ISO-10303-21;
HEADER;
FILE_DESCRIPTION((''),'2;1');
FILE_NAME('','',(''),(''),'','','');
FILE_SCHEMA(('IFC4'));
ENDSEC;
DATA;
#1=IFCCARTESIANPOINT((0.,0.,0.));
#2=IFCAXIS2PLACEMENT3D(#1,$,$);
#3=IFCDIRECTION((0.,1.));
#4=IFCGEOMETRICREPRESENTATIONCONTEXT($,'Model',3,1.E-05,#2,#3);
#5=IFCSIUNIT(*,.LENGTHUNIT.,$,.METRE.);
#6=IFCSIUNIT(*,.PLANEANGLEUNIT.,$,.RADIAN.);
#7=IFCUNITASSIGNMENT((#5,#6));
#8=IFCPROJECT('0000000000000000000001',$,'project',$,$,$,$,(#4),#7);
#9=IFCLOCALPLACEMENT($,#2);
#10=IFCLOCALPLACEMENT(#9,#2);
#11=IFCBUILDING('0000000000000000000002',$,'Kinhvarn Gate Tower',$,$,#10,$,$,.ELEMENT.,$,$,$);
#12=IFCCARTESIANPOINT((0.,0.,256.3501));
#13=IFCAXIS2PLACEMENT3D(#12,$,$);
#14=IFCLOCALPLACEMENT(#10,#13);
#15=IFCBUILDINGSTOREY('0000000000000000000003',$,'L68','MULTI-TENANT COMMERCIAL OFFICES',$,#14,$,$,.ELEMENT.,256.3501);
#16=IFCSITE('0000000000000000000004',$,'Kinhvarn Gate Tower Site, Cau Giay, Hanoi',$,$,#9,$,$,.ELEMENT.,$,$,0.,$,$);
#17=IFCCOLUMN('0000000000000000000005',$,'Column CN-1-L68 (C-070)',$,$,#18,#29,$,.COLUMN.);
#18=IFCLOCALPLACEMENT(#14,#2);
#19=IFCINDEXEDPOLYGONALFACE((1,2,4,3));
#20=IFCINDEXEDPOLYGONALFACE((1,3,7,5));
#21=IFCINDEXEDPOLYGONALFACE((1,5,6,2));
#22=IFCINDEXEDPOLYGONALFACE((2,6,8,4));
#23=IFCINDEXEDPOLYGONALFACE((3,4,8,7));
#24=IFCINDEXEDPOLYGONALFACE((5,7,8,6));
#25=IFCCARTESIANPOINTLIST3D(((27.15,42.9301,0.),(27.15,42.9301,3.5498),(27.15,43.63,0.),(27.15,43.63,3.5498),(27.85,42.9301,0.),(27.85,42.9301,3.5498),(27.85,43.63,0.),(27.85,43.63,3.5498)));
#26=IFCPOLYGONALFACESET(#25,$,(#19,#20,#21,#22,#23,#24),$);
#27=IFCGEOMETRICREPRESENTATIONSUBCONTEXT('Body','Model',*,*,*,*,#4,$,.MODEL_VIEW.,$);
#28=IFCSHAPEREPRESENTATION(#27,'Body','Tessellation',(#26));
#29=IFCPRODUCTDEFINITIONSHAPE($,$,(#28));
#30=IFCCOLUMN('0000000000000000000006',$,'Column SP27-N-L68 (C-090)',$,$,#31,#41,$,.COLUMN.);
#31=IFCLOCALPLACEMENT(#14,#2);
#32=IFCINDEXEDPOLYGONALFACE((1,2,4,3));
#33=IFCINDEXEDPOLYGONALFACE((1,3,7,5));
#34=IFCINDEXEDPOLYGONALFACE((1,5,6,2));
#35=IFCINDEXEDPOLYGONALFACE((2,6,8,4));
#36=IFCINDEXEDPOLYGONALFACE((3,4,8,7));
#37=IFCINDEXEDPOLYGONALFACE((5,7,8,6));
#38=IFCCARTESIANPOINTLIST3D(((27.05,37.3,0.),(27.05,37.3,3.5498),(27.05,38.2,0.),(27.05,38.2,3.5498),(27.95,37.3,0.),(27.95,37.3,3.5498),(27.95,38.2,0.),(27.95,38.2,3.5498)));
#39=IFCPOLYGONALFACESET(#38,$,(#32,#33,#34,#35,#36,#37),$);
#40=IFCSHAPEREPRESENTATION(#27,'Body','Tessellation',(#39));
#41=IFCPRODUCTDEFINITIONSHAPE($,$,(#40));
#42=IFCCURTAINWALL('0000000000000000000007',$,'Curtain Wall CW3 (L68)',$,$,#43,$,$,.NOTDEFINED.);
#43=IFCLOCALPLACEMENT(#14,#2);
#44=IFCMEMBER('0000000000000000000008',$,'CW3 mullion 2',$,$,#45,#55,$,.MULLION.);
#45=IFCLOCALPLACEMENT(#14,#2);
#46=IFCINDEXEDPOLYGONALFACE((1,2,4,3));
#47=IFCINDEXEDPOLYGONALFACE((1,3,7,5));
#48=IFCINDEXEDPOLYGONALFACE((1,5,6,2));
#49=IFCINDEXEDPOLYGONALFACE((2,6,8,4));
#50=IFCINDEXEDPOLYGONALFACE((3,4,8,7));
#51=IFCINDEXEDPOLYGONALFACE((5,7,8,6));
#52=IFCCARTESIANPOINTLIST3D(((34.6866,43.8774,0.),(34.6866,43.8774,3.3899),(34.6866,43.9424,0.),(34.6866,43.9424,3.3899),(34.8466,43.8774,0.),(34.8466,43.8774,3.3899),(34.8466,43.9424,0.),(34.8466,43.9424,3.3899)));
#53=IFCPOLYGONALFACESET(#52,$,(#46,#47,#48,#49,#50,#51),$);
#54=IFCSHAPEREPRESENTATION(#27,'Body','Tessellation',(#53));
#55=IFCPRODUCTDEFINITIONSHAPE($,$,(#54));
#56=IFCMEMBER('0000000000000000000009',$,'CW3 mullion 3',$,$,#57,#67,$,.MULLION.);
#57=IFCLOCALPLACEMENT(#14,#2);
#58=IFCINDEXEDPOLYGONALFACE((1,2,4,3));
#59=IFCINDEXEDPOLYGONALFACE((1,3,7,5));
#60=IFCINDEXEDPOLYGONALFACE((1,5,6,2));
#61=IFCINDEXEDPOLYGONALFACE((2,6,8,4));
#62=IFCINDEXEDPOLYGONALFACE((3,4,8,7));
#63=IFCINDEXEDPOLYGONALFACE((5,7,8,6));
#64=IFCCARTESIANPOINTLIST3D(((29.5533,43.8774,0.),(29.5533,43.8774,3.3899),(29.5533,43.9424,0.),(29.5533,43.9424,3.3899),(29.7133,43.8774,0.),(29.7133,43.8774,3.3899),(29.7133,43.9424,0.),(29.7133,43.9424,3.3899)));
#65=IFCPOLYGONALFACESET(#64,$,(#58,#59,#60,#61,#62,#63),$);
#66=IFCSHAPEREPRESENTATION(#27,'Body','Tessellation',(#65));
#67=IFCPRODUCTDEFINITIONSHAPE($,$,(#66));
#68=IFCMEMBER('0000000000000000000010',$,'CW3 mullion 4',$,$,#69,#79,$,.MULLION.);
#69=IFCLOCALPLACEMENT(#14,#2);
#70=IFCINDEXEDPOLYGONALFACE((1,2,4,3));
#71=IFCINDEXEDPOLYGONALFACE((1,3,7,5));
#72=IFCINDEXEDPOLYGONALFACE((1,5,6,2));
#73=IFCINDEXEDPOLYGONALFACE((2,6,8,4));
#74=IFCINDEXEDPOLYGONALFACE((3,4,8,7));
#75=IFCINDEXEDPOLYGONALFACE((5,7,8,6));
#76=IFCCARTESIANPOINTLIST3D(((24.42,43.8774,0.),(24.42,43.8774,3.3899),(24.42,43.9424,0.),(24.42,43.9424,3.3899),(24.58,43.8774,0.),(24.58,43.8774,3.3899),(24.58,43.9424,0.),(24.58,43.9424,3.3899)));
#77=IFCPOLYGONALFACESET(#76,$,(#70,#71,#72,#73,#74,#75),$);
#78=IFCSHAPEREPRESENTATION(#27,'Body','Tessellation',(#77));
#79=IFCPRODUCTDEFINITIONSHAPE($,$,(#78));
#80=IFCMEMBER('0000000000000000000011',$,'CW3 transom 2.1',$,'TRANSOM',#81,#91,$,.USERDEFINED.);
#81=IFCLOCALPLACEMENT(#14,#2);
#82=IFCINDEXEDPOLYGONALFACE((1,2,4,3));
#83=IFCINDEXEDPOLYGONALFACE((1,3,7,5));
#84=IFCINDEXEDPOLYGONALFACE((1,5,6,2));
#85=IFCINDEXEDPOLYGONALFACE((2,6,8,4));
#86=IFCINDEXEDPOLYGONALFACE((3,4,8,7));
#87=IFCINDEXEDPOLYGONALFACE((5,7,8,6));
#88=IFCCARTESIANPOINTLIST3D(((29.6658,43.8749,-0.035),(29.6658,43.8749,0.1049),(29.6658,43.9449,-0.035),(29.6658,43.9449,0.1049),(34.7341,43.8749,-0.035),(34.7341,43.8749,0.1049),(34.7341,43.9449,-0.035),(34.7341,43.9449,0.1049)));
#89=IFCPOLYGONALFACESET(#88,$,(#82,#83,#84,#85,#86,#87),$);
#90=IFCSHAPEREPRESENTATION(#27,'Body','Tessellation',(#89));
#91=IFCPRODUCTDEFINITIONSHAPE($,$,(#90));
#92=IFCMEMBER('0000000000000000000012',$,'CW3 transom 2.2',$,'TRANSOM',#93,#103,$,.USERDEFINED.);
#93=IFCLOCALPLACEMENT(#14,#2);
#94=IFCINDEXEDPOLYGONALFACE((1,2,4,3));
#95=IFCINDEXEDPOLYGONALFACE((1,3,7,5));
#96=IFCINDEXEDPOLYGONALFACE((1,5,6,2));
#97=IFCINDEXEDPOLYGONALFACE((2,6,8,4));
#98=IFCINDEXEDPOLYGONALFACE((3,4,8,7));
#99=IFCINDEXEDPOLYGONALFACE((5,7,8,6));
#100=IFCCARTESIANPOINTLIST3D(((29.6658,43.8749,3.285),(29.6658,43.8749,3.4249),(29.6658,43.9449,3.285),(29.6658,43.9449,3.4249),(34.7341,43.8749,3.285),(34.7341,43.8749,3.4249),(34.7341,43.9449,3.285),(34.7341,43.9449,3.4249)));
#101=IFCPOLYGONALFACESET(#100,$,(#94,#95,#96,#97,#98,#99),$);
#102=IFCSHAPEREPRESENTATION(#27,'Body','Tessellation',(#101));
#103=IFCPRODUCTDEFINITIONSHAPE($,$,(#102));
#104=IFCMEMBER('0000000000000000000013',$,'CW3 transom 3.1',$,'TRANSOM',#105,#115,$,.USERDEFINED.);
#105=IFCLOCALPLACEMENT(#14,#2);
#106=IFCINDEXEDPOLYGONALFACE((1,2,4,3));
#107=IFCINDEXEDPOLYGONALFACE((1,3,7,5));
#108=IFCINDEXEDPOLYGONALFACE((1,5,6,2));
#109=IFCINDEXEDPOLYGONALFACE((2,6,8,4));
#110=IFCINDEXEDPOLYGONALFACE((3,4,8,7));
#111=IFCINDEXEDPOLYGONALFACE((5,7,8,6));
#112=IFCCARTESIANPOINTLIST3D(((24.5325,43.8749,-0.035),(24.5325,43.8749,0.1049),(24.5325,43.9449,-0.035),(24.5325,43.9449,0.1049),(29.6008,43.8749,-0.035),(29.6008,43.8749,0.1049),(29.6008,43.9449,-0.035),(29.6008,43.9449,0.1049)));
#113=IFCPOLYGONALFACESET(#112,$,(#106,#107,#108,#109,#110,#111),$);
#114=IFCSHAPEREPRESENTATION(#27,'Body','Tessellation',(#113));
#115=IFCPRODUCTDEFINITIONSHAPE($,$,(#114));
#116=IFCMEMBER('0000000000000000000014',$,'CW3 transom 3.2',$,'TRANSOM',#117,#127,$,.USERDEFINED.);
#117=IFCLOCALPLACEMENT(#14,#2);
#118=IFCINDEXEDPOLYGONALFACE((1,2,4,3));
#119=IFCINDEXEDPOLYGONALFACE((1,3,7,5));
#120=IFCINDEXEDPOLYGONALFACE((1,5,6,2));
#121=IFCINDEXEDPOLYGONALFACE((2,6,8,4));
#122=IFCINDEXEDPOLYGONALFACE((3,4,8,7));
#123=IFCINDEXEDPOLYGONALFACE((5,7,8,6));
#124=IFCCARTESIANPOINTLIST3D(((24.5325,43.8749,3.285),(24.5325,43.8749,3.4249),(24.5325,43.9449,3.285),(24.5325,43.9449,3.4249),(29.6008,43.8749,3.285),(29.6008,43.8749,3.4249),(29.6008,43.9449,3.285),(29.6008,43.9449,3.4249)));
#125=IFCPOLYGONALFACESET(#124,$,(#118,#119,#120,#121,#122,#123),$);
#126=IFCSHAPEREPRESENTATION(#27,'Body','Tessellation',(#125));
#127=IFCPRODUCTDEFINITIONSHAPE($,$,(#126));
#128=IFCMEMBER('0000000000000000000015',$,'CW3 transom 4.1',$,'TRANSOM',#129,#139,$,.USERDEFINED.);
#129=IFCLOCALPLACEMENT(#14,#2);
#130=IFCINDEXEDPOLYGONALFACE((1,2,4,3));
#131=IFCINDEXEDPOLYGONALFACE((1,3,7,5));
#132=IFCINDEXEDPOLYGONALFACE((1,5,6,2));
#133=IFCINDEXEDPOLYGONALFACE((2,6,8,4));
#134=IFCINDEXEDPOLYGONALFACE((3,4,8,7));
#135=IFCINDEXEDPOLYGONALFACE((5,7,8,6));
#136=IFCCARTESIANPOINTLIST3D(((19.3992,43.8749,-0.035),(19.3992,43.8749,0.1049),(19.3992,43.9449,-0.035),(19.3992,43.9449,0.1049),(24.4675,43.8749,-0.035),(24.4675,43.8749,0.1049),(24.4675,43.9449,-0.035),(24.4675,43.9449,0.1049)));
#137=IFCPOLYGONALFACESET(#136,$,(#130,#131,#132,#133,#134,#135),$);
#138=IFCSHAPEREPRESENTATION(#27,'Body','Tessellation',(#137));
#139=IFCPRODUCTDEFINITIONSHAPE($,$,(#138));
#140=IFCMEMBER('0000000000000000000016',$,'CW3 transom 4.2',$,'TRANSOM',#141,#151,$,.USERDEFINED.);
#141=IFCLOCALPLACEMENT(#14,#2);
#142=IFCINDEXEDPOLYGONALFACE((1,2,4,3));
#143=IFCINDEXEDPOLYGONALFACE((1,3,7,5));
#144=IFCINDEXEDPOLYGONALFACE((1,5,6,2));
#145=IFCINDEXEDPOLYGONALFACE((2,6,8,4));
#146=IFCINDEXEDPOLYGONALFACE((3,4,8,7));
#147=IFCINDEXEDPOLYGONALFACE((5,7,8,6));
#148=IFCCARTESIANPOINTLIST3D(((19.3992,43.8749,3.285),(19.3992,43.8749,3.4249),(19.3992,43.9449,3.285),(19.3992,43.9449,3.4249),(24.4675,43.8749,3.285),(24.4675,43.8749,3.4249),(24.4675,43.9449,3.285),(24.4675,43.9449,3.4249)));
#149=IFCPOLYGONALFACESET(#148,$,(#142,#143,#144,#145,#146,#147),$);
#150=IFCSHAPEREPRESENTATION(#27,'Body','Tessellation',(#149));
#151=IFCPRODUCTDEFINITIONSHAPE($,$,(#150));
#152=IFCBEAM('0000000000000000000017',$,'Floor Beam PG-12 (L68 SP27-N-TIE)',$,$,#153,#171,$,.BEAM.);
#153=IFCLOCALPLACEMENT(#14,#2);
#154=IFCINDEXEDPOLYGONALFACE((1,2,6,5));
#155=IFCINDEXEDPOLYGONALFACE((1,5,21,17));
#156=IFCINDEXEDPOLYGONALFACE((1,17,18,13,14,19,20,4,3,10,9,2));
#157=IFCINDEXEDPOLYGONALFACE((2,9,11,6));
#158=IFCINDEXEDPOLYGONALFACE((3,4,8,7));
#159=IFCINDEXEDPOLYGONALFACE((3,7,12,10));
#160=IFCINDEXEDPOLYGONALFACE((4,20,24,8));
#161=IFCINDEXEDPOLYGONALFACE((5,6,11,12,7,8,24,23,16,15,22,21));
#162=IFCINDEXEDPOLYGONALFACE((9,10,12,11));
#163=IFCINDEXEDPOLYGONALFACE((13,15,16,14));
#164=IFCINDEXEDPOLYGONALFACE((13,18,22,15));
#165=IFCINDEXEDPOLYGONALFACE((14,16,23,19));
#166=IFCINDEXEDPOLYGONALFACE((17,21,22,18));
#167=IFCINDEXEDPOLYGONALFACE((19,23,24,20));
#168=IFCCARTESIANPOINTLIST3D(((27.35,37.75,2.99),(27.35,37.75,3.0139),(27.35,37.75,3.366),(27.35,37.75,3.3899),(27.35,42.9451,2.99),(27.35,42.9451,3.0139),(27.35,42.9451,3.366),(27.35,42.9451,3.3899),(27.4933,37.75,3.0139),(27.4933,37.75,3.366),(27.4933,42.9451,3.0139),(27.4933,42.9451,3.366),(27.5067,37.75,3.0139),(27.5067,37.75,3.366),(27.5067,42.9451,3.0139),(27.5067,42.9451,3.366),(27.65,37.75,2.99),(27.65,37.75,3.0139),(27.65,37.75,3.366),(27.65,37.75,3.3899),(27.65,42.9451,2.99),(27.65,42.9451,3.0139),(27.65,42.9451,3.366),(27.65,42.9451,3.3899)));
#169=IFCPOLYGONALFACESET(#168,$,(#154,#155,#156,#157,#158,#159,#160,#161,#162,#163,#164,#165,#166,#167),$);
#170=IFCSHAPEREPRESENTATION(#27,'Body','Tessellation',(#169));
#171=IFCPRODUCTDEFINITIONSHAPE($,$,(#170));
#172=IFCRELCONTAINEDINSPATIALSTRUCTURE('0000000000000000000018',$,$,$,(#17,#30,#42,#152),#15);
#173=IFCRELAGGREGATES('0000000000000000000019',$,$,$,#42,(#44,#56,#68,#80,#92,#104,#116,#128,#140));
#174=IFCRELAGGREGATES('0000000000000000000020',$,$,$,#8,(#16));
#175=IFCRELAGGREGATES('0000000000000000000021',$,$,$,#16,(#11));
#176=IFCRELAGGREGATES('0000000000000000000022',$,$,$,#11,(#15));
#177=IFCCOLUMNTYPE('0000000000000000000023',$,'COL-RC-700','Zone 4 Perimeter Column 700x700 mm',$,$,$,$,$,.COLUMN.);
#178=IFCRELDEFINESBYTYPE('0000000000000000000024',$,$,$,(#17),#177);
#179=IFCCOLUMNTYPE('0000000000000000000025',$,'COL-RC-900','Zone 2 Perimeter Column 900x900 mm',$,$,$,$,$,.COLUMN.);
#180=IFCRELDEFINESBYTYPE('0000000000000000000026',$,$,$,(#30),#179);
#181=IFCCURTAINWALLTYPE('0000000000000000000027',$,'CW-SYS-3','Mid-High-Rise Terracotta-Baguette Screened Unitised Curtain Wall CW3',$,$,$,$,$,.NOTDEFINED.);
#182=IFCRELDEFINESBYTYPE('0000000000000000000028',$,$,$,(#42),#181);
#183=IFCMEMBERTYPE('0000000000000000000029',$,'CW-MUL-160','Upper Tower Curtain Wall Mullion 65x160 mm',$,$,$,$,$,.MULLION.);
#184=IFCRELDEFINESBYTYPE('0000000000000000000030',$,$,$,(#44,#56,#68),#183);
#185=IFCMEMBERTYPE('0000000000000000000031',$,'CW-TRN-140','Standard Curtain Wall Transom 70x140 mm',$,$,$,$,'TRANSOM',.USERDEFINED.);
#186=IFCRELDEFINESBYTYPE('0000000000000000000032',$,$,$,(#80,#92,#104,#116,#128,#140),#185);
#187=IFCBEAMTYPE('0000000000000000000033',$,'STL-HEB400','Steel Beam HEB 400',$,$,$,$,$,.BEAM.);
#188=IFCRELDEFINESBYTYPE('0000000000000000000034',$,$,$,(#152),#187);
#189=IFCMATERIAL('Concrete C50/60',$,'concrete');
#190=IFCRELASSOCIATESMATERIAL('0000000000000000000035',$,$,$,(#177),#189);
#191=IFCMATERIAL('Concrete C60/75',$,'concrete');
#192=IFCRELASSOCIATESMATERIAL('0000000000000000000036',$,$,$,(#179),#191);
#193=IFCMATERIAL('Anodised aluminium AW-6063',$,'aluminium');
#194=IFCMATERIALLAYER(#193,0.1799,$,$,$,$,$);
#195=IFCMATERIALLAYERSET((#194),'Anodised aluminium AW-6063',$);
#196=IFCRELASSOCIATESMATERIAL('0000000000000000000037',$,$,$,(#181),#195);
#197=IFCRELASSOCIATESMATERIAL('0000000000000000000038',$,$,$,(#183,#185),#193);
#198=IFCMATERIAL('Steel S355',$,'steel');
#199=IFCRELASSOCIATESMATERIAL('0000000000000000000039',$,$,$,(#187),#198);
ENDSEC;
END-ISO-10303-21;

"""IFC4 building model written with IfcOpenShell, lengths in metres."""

from ifc_helpers import new_model, si_unit, direction, frame, origin, origin_2d, place, context, subcontext, project, spatial, rectangle, i_section, extrude, material, layer, layer_set, material_profile, profile_set, type_object, element, aggregate, save


model = new_model("IFC4")

# Units and contexts
model_context = context("Model", 3, precision=1e-05, world=origin(), true_north=direction((0.0, 1.0)))
body_context = subcontext(model_context, "Body", "Model", "MODEL_VIEW")
ifc_project = project(units=[si_unit("LENGTHUNIT", "METRE"), si_unit("PLANEANGLEUNIT", "RADIAN")], contexts=[model_context])

# Site, building, storey
site_placement = place(None, origin())
site = spatial("IfcSite", under=ifc_project, at=site_placement, Name="Kinhvarn Gate Tower Site, Cau Giay, Hanoi", CompositionType="ELEMENT", RefElevation=0.0)
building_placement = place(site_placement, origin())
building = spatial("IfcBuilding", under=site, at=building_placement, Name="Kinhvarn Gate Tower", CompositionType="ELEMENT")
storey_placement = place(building_placement, frame((0.0, 0.0, 256.3501)))
storey = spatial("IfcBuildingStorey", under=building, at=storey_placement, Name="L68", Description="MULTI-TENANT COMMERCIAL OFFICES", CompositionType="ELEMENT", Elevation=256.3501)

# Columns
ifc_material_1 = material(Name="Concrete C50/60", Category="concrete")
ifc_material_profile_1 = material_profile(ifc_material_1, rectangle(XDim=0.7, YDim=0.7, at=origin_2d()), Name="RC 700x700")
ifc_profile_set_1 = profile_set([ifc_material_profile_1], Name="Concrete C50/60")
column_type_1 = type_object("IfcColumnType", Name="COL-RC-700", Description="Zone 4 Perimeter Column 700x700 mm", PredefinedType="COLUMN", material=ifc_profile_set_1)
column_1_placement = place(storey_placement, frame((27.5, 43.28, 0.0), z_axis=(0.0, 0.0, 1.0), x_axis=(1.0, 0.0, 0.0)))
element("IfcColumn", 1, at=column_1_placement, inside=storey, type_object=column_type_1, Name="Column CN-1-L68 (C-070)", PredefinedType="COLUMN", context=body_context, shape_type="SweptSolid", body=[
    extrude(rectangle(XDim=0.7, YDim=0.7, at=origin_2d()), origin(), (0.0, 0.0, 1.0), 3.5498),
])
ifc_material_2 = material(Name="Concrete C60/75", Category="concrete")
ifc_material_profile_2 = material_profile(ifc_material_2, rectangle(XDim=0.8999, YDim=0.8999, at=origin_2d()), Name="RC 900x900")
ifc_profile_set_2 = profile_set([ifc_material_profile_2], Name="Concrete C60/75")
column_type_2 = type_object("IfcColumnType", Name="COL-RC-900", Description="Zone 2 Perimeter Column 900x900 mm", PredefinedType="COLUMN", material=ifc_profile_set_2)
column_2_placement = place(storey_placement, frame((27.5, 37.75, 0.0), z_axis=(0.0, 0.0, 1.0), x_axis=(1.0, 0.0, 0.0)))
element("IfcColumn", 2, at=column_2_placement, inside=storey, type_object=column_type_2, Name="Column SP27-N-L68 (C-090)", PredefinedType="COLUMN", context=body_context, shape_type="SweptSolid", body=[
    extrude(rectangle(XDim=0.8999, YDim=0.8999, at=origin_2d()), origin(), (0.0, 0.0, 1.0), 3.5498),
])

# Curtain wall, members
ifc_material_3 = material(Name="Anodised aluminium AW-6063", Category="aluminium")
ifc_layer_1 = layer(ifc_material_3, 0.1799)
ifc_layer_set_1 = layer_set([ifc_layer_1], Name="Anodised aluminium AW-6063")
curtain_wall_type = type_object("IfcCurtainWallType", Name="CW-SYS-3", Description="Mid-High-Rise Terracotta-Baguette Screened Unitised Curtain Wall CW3", PredefinedType="NOTDEFINED", material=ifc_layer_set_1)
curtain_wall_placement = place(storey_placement, origin())
curtain_wall = element("IfcCurtainWall", 3, at=curtain_wall_placement, inside=storey, type_object=curtain_wall_type, Name="Curtain Wall CW3 (L68)", PredefinedType="NOTDEFINED")
ifc_material_profile_3 = material_profile(ifc_material_3, rectangle(XDim=0.0649, YDim=0.1599, at=origin_2d()), Name="ALU 65x160")
ifc_profile_set_3 = profile_set([ifc_material_profile_3], Name="Anodised aluminium AW-6063")
member_type_1 = type_object("IfcMemberType", Name="CW-MUL-160", Description="Upper Tower Curtain Wall Mullion 65x160 mm", PredefinedType="MULLION", material=ifc_profile_set_3)
member_1_placement = place(storey_placement, frame((34.7666, 43.9099, 0.0), z_axis=(0.0, 0.0, 1.0), x_axis=(0.0, -1.0, 0.0)))
member_1 = element("IfcMember", 4, at=member_1_placement, type_object=member_type_1, Name="CW3 mullion 2", PredefinedType="MULLION", context=body_context, shape_type="SweptSolid", body=[
    extrude(rectangle(XDim=0.0649, YDim=0.1599, at=origin_2d()), origin(), (0.0, 0.0, 1.0), 3.3899),
])
member_2_placement = place(storey_placement, frame((29.6333, 43.9099, 0.0), z_axis=(0.0, 0.0, 1.0), x_axis=(0.0, -1.0, 0.0)))
member_2 = element("IfcMember", 5, at=member_2_placement, type_object=member_type_1, Name="CW3 mullion 3", PredefinedType="MULLION", context=body_context, shape_type="SweptSolid", body=[
    extrude(rectangle(XDim=0.0649, YDim=0.1599, at=origin_2d()), origin(), (0.0, 0.0, 1.0), 3.3899),
])
member_3_placement = place(storey_placement, frame((24.5, 43.9099, 0.0), z_axis=(0.0, 0.0, 1.0), x_axis=(0.0, -1.0, 0.0)))
member_3 = element("IfcMember", 6, at=member_3_placement, type_object=member_type_1, Name="CW3 mullion 4", PredefinedType="MULLION", context=body_context, shape_type="SweptSolid", body=[
    extrude(rectangle(XDim=0.0649, YDim=0.1599, at=origin_2d()), origin(), (0.0, 0.0, 1.0), 3.3899),
])
ifc_material_profile_4 = material_profile(ifc_material_3, rectangle(XDim=0.0701, YDim=0.1399, at=origin_2d()), Name="ALU 70x140")
ifc_profile_set_4 = profile_set([ifc_material_profile_4], Name="Anodised aluminium AW-6063")
member_type_2 = type_object("IfcMemberType", Name="CW-TRN-140", Description="Standard Curtain Wall Transom 70x140 mm", ElementType="TRANSOM", PredefinedType="USERDEFINED", material=ifc_profile_set_4)
member_4_placement = place(storey_placement, frame((34.7341, 43.9099, 0.0349), z_axis=(-1.0, 0.0, 0.0), x_axis=(0.0, -1.0, 0.0)))
member_4 = element("IfcMember", 7, at=member_4_placement, type_object=member_type_2, Name="CW3 transom 2.1", ObjectType="TRANSOM", PredefinedType="USERDEFINED", context=body_context, shape_type="SweptSolid", body=[
    extrude(rectangle(XDim=0.0701, YDim=0.1399, at=origin_2d()), origin(), (0.0, 0.0, 1.0), 5.0684),
])
member_5_placement = place(storey_placement, frame((34.7341, 43.9099, 3.355), z_axis=(-1.0, 0.0, 0.0), x_axis=(0.0, -1.0, 0.0)))
member_5 = element("IfcMember", 8, at=member_5_placement, type_object=member_type_2, Name="CW3 transom 2.2", ObjectType="TRANSOM", PredefinedType="USERDEFINED", context=body_context, shape_type="SweptSolid", body=[
    extrude(rectangle(XDim=0.0701, YDim=0.1399, at=origin_2d()), origin(), (0.0, 0.0, 1.0), 5.0684),
])
member_6_placement = place(storey_placement, frame((29.6008, 43.9099, 0.0349), z_axis=(-1.0, 0.0, 0.0), x_axis=(0.0, -1.0, 0.0)))
member_6 = element("IfcMember", 9, at=member_6_placement, type_object=member_type_2, Name="CW3 transom 3.1", ObjectType="TRANSOM", PredefinedType="USERDEFINED", context=body_context, shape_type="SweptSolid", body=[
    extrude(rectangle(XDim=0.0701, YDim=0.1399, at=origin_2d()), origin(), (0.0, 0.0, 1.0), 5.0684),
])
member_7_placement = place(storey_placement, frame((29.6008, 43.9099, 3.355), z_axis=(-1.0, 0.0, 0.0), x_axis=(0.0, -1.0, 0.0)))
member_7 = element("IfcMember", 10, at=member_7_placement, type_object=member_type_2, Name="CW3 transom 3.2", ObjectType="TRANSOM", PredefinedType="USERDEFINED", context=body_context, shape_type="SweptSolid", body=[
    extrude(rectangle(XDim=0.0701, YDim=0.1399, at=origin_2d()), origin(), (0.0, 0.0, 1.0), 5.0684),
])
member_8_placement = place(storey_placement, frame((24.4675, 43.9099, 0.0349), z_axis=(-1.0, 0.0, 0.0), x_axis=(0.0, -1.0, 0.0)))
member_8 = element("IfcMember", 11, at=member_8_placement, type_object=member_type_2, Name="CW3 transom 4.1", ObjectType="TRANSOM", PredefinedType="USERDEFINED", context=body_context, shape_type="SweptSolid", body=[
    extrude(rectangle(XDim=0.0701, YDim=0.1399, at=origin_2d()), origin(), (0.0, 0.0, 1.0), 5.0684),
])
member_9_placement = place(storey_placement, frame((24.4675, 43.9099, 3.355), z_axis=(-1.0, 0.0, 0.0), x_axis=(0.0, -1.0, 0.0)))
member_9 = element("IfcMember", 12, at=member_9_placement, type_object=member_type_2, Name="CW3 transom 4.2", ObjectType="TRANSOM", PredefinedType="USERDEFINED", context=body_context, shape_type="SweptSolid", body=[
    extrude(rectangle(XDim=0.0701, YDim=0.1399, at=origin_2d()), origin(), (0.0, 0.0, 1.0), 5.0684),
])

# Beam
ifc_material_4 = material(Name="Steel S355", Category="steel")
ifc_material_profile_5 = material_profile(ifc_material_4, i_section(OverallWidth=0.3, OverallDepth=0.3999, WebThickness=0.0134, FlangeThickness=0.0239, at=origin_2d()), Name="HEB 400")
ifc_profile_set_5 = profile_set([ifc_material_profile_5], Name="Steel S355")
beam_type_1 = type_object("IfcBeamType", Name="STL-HEB400", Description="Steel Beam HEB 400", PredefinedType="BEAM", material=ifc_profile_set_5)
beam_1_placement = place(storey_placement, frame((27.5, 37.75, 3.1899), z_axis=(0.0, 1.0, 0.0), x_axis=(-1.0, 0.0, 0.0)))
element("IfcBeam", 13, at=beam_1_placement, inside=storey, type_object=beam_type_1, Name="Floor Beam PG-12 (L68 SP27-N-TIE)", PredefinedType="BEAM", context=body_context, shape_type="SweptSolid", body=[
    extrude(i_section(OverallWidth=0.3, OverallDepth=0.3999, WebThickness=0.0134, FlangeThickness=0.0239, at=origin_2d()), origin(), (0.0, 0.0, 1.0), 5.1951),
])

aggregate(curtain_wall, [member_1, member_2, member_3, member_4, member_5, member_6, member_7, member_8, member_9])

save(model, "model.ifc")
